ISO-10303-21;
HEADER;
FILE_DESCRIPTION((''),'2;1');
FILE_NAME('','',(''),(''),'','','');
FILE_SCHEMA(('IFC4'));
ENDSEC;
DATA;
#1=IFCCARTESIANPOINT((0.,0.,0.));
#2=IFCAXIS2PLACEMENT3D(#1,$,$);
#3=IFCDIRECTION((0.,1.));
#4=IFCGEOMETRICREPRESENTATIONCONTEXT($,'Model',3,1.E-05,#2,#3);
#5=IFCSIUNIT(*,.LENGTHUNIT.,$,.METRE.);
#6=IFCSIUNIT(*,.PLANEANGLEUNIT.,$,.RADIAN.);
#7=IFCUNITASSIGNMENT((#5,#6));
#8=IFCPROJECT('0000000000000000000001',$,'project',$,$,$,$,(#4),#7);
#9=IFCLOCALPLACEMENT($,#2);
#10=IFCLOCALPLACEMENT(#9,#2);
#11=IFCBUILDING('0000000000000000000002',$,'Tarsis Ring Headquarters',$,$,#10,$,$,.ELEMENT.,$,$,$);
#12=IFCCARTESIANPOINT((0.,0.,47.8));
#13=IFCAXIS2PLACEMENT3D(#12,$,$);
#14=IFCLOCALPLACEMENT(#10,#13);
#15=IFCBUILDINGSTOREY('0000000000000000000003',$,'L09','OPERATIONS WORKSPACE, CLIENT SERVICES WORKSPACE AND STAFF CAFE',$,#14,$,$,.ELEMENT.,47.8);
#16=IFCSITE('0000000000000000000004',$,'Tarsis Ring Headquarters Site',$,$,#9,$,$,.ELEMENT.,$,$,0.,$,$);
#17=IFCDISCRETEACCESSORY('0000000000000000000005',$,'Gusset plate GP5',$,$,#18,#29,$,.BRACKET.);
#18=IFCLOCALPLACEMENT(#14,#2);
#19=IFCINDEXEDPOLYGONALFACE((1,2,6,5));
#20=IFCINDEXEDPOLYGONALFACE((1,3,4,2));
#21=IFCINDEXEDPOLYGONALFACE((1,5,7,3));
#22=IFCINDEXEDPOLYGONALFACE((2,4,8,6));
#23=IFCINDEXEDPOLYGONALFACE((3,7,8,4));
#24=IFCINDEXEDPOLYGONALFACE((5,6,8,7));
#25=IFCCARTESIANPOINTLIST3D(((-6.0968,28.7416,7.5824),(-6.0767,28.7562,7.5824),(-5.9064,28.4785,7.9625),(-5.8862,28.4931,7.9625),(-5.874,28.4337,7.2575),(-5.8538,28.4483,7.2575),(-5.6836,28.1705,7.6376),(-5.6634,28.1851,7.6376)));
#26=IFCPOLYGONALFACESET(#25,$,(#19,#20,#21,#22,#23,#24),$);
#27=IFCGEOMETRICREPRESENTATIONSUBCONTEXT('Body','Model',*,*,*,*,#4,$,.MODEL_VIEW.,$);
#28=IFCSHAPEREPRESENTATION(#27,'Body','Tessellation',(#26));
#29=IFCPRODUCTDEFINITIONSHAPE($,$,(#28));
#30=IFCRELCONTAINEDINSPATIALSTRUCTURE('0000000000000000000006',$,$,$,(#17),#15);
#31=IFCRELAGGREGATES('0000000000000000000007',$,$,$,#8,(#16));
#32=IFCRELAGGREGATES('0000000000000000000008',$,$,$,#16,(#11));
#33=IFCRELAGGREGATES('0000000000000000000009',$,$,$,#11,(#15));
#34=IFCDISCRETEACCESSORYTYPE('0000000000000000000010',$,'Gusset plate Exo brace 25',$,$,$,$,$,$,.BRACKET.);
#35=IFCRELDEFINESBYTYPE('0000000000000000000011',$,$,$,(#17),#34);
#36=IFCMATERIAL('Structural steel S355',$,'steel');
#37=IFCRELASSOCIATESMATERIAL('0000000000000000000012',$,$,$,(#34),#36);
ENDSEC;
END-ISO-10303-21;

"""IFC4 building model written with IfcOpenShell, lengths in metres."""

from ifc_helpers import new_model, si_unit, direction, frame, origin, origin_2d, place, context, subcontext, project, spatial, rectangle, extrude, material, material_profile, profile_set, type_object, element, save


model = new_model("IFC4")

# Units and contexts
model_context = context("Model", 3, precision=1e-05, world=origin(), true_north=direction((0.0, 1.0)))
body_context = subcontext(model_context, "Body", "Model", "MODEL_VIEW")
ifc_project = project(units=[si_unit("LENGTHUNIT", "METRE"), si_unit("PLANEANGLEUNIT", "RADIAN")], contexts=[model_context])

# Site, building, storey
site_placement = place(None, origin())
site = spatial("IfcSite", under=ifc_project, at=site_placement, Name="Tarsis Ring Headquarters Site", CompositionType="ELEMENT", RefElevation=0.0)
building_placement = place(site_placement, origin())
building = spatial("IfcBuilding", under=site, at=building_placement, Name="Tarsis Ring Headquarters", CompositionType="ELEMENT")
storey_placement = place(building_placement, frame((0.0, 0.0, 47.8)))
storey = spatial("IfcBuildingStorey", under=building, at=storey_placement, Name="L09", Description="OPERATIONS WORKSPACE, CLIENT SERVICES WORKSPACE AND STAFF CAFE", CompositionType="ELEMENT", Elevation=47.8)

# Shared definitions
ifc_material_1 = material(Name="Structural steel S355", Category="steel")

# Discrete accessory
ifc_material_profile_1 = material_profile(ifc_material_1, rectangle(XDim=0.0249, YDim=0.5, at=origin_2d()), Name="PL 25x500")
ifc_profile_set_1 = profile_set([ifc_material_profile_1], Name="Structural steel S355")
discrete_accessory_type = type_object("IfcDiscreteAccessoryType", Name="Gusset plate Exo brace 25", PredefinedType="BRACKET", material=ifc_profile_set_1)
discrete_accessory_placement = place(storey_placement, frame((-5.7849, 28.3318, 7.8), z_axis=(-0.38084, 0.52634, -0.760215), x_axis=(-0.810164, -0.586204, 0.0)))
element("IfcDiscreteAccessory", 1, at=discrete_accessory_placement, inside=storey, type_object=discrete_accessory_type, Name="Gusset plate GP5", PredefinedType="BRACKET", context=body_context, shape_type="SweptSolid", body=[
    extrude(rectangle(XDim=0.0249, YDim=0.5, at=origin_2d()), origin(), (0.0, 0.0, 1.0), 0.5),
])

save(model, "model.ifc")
